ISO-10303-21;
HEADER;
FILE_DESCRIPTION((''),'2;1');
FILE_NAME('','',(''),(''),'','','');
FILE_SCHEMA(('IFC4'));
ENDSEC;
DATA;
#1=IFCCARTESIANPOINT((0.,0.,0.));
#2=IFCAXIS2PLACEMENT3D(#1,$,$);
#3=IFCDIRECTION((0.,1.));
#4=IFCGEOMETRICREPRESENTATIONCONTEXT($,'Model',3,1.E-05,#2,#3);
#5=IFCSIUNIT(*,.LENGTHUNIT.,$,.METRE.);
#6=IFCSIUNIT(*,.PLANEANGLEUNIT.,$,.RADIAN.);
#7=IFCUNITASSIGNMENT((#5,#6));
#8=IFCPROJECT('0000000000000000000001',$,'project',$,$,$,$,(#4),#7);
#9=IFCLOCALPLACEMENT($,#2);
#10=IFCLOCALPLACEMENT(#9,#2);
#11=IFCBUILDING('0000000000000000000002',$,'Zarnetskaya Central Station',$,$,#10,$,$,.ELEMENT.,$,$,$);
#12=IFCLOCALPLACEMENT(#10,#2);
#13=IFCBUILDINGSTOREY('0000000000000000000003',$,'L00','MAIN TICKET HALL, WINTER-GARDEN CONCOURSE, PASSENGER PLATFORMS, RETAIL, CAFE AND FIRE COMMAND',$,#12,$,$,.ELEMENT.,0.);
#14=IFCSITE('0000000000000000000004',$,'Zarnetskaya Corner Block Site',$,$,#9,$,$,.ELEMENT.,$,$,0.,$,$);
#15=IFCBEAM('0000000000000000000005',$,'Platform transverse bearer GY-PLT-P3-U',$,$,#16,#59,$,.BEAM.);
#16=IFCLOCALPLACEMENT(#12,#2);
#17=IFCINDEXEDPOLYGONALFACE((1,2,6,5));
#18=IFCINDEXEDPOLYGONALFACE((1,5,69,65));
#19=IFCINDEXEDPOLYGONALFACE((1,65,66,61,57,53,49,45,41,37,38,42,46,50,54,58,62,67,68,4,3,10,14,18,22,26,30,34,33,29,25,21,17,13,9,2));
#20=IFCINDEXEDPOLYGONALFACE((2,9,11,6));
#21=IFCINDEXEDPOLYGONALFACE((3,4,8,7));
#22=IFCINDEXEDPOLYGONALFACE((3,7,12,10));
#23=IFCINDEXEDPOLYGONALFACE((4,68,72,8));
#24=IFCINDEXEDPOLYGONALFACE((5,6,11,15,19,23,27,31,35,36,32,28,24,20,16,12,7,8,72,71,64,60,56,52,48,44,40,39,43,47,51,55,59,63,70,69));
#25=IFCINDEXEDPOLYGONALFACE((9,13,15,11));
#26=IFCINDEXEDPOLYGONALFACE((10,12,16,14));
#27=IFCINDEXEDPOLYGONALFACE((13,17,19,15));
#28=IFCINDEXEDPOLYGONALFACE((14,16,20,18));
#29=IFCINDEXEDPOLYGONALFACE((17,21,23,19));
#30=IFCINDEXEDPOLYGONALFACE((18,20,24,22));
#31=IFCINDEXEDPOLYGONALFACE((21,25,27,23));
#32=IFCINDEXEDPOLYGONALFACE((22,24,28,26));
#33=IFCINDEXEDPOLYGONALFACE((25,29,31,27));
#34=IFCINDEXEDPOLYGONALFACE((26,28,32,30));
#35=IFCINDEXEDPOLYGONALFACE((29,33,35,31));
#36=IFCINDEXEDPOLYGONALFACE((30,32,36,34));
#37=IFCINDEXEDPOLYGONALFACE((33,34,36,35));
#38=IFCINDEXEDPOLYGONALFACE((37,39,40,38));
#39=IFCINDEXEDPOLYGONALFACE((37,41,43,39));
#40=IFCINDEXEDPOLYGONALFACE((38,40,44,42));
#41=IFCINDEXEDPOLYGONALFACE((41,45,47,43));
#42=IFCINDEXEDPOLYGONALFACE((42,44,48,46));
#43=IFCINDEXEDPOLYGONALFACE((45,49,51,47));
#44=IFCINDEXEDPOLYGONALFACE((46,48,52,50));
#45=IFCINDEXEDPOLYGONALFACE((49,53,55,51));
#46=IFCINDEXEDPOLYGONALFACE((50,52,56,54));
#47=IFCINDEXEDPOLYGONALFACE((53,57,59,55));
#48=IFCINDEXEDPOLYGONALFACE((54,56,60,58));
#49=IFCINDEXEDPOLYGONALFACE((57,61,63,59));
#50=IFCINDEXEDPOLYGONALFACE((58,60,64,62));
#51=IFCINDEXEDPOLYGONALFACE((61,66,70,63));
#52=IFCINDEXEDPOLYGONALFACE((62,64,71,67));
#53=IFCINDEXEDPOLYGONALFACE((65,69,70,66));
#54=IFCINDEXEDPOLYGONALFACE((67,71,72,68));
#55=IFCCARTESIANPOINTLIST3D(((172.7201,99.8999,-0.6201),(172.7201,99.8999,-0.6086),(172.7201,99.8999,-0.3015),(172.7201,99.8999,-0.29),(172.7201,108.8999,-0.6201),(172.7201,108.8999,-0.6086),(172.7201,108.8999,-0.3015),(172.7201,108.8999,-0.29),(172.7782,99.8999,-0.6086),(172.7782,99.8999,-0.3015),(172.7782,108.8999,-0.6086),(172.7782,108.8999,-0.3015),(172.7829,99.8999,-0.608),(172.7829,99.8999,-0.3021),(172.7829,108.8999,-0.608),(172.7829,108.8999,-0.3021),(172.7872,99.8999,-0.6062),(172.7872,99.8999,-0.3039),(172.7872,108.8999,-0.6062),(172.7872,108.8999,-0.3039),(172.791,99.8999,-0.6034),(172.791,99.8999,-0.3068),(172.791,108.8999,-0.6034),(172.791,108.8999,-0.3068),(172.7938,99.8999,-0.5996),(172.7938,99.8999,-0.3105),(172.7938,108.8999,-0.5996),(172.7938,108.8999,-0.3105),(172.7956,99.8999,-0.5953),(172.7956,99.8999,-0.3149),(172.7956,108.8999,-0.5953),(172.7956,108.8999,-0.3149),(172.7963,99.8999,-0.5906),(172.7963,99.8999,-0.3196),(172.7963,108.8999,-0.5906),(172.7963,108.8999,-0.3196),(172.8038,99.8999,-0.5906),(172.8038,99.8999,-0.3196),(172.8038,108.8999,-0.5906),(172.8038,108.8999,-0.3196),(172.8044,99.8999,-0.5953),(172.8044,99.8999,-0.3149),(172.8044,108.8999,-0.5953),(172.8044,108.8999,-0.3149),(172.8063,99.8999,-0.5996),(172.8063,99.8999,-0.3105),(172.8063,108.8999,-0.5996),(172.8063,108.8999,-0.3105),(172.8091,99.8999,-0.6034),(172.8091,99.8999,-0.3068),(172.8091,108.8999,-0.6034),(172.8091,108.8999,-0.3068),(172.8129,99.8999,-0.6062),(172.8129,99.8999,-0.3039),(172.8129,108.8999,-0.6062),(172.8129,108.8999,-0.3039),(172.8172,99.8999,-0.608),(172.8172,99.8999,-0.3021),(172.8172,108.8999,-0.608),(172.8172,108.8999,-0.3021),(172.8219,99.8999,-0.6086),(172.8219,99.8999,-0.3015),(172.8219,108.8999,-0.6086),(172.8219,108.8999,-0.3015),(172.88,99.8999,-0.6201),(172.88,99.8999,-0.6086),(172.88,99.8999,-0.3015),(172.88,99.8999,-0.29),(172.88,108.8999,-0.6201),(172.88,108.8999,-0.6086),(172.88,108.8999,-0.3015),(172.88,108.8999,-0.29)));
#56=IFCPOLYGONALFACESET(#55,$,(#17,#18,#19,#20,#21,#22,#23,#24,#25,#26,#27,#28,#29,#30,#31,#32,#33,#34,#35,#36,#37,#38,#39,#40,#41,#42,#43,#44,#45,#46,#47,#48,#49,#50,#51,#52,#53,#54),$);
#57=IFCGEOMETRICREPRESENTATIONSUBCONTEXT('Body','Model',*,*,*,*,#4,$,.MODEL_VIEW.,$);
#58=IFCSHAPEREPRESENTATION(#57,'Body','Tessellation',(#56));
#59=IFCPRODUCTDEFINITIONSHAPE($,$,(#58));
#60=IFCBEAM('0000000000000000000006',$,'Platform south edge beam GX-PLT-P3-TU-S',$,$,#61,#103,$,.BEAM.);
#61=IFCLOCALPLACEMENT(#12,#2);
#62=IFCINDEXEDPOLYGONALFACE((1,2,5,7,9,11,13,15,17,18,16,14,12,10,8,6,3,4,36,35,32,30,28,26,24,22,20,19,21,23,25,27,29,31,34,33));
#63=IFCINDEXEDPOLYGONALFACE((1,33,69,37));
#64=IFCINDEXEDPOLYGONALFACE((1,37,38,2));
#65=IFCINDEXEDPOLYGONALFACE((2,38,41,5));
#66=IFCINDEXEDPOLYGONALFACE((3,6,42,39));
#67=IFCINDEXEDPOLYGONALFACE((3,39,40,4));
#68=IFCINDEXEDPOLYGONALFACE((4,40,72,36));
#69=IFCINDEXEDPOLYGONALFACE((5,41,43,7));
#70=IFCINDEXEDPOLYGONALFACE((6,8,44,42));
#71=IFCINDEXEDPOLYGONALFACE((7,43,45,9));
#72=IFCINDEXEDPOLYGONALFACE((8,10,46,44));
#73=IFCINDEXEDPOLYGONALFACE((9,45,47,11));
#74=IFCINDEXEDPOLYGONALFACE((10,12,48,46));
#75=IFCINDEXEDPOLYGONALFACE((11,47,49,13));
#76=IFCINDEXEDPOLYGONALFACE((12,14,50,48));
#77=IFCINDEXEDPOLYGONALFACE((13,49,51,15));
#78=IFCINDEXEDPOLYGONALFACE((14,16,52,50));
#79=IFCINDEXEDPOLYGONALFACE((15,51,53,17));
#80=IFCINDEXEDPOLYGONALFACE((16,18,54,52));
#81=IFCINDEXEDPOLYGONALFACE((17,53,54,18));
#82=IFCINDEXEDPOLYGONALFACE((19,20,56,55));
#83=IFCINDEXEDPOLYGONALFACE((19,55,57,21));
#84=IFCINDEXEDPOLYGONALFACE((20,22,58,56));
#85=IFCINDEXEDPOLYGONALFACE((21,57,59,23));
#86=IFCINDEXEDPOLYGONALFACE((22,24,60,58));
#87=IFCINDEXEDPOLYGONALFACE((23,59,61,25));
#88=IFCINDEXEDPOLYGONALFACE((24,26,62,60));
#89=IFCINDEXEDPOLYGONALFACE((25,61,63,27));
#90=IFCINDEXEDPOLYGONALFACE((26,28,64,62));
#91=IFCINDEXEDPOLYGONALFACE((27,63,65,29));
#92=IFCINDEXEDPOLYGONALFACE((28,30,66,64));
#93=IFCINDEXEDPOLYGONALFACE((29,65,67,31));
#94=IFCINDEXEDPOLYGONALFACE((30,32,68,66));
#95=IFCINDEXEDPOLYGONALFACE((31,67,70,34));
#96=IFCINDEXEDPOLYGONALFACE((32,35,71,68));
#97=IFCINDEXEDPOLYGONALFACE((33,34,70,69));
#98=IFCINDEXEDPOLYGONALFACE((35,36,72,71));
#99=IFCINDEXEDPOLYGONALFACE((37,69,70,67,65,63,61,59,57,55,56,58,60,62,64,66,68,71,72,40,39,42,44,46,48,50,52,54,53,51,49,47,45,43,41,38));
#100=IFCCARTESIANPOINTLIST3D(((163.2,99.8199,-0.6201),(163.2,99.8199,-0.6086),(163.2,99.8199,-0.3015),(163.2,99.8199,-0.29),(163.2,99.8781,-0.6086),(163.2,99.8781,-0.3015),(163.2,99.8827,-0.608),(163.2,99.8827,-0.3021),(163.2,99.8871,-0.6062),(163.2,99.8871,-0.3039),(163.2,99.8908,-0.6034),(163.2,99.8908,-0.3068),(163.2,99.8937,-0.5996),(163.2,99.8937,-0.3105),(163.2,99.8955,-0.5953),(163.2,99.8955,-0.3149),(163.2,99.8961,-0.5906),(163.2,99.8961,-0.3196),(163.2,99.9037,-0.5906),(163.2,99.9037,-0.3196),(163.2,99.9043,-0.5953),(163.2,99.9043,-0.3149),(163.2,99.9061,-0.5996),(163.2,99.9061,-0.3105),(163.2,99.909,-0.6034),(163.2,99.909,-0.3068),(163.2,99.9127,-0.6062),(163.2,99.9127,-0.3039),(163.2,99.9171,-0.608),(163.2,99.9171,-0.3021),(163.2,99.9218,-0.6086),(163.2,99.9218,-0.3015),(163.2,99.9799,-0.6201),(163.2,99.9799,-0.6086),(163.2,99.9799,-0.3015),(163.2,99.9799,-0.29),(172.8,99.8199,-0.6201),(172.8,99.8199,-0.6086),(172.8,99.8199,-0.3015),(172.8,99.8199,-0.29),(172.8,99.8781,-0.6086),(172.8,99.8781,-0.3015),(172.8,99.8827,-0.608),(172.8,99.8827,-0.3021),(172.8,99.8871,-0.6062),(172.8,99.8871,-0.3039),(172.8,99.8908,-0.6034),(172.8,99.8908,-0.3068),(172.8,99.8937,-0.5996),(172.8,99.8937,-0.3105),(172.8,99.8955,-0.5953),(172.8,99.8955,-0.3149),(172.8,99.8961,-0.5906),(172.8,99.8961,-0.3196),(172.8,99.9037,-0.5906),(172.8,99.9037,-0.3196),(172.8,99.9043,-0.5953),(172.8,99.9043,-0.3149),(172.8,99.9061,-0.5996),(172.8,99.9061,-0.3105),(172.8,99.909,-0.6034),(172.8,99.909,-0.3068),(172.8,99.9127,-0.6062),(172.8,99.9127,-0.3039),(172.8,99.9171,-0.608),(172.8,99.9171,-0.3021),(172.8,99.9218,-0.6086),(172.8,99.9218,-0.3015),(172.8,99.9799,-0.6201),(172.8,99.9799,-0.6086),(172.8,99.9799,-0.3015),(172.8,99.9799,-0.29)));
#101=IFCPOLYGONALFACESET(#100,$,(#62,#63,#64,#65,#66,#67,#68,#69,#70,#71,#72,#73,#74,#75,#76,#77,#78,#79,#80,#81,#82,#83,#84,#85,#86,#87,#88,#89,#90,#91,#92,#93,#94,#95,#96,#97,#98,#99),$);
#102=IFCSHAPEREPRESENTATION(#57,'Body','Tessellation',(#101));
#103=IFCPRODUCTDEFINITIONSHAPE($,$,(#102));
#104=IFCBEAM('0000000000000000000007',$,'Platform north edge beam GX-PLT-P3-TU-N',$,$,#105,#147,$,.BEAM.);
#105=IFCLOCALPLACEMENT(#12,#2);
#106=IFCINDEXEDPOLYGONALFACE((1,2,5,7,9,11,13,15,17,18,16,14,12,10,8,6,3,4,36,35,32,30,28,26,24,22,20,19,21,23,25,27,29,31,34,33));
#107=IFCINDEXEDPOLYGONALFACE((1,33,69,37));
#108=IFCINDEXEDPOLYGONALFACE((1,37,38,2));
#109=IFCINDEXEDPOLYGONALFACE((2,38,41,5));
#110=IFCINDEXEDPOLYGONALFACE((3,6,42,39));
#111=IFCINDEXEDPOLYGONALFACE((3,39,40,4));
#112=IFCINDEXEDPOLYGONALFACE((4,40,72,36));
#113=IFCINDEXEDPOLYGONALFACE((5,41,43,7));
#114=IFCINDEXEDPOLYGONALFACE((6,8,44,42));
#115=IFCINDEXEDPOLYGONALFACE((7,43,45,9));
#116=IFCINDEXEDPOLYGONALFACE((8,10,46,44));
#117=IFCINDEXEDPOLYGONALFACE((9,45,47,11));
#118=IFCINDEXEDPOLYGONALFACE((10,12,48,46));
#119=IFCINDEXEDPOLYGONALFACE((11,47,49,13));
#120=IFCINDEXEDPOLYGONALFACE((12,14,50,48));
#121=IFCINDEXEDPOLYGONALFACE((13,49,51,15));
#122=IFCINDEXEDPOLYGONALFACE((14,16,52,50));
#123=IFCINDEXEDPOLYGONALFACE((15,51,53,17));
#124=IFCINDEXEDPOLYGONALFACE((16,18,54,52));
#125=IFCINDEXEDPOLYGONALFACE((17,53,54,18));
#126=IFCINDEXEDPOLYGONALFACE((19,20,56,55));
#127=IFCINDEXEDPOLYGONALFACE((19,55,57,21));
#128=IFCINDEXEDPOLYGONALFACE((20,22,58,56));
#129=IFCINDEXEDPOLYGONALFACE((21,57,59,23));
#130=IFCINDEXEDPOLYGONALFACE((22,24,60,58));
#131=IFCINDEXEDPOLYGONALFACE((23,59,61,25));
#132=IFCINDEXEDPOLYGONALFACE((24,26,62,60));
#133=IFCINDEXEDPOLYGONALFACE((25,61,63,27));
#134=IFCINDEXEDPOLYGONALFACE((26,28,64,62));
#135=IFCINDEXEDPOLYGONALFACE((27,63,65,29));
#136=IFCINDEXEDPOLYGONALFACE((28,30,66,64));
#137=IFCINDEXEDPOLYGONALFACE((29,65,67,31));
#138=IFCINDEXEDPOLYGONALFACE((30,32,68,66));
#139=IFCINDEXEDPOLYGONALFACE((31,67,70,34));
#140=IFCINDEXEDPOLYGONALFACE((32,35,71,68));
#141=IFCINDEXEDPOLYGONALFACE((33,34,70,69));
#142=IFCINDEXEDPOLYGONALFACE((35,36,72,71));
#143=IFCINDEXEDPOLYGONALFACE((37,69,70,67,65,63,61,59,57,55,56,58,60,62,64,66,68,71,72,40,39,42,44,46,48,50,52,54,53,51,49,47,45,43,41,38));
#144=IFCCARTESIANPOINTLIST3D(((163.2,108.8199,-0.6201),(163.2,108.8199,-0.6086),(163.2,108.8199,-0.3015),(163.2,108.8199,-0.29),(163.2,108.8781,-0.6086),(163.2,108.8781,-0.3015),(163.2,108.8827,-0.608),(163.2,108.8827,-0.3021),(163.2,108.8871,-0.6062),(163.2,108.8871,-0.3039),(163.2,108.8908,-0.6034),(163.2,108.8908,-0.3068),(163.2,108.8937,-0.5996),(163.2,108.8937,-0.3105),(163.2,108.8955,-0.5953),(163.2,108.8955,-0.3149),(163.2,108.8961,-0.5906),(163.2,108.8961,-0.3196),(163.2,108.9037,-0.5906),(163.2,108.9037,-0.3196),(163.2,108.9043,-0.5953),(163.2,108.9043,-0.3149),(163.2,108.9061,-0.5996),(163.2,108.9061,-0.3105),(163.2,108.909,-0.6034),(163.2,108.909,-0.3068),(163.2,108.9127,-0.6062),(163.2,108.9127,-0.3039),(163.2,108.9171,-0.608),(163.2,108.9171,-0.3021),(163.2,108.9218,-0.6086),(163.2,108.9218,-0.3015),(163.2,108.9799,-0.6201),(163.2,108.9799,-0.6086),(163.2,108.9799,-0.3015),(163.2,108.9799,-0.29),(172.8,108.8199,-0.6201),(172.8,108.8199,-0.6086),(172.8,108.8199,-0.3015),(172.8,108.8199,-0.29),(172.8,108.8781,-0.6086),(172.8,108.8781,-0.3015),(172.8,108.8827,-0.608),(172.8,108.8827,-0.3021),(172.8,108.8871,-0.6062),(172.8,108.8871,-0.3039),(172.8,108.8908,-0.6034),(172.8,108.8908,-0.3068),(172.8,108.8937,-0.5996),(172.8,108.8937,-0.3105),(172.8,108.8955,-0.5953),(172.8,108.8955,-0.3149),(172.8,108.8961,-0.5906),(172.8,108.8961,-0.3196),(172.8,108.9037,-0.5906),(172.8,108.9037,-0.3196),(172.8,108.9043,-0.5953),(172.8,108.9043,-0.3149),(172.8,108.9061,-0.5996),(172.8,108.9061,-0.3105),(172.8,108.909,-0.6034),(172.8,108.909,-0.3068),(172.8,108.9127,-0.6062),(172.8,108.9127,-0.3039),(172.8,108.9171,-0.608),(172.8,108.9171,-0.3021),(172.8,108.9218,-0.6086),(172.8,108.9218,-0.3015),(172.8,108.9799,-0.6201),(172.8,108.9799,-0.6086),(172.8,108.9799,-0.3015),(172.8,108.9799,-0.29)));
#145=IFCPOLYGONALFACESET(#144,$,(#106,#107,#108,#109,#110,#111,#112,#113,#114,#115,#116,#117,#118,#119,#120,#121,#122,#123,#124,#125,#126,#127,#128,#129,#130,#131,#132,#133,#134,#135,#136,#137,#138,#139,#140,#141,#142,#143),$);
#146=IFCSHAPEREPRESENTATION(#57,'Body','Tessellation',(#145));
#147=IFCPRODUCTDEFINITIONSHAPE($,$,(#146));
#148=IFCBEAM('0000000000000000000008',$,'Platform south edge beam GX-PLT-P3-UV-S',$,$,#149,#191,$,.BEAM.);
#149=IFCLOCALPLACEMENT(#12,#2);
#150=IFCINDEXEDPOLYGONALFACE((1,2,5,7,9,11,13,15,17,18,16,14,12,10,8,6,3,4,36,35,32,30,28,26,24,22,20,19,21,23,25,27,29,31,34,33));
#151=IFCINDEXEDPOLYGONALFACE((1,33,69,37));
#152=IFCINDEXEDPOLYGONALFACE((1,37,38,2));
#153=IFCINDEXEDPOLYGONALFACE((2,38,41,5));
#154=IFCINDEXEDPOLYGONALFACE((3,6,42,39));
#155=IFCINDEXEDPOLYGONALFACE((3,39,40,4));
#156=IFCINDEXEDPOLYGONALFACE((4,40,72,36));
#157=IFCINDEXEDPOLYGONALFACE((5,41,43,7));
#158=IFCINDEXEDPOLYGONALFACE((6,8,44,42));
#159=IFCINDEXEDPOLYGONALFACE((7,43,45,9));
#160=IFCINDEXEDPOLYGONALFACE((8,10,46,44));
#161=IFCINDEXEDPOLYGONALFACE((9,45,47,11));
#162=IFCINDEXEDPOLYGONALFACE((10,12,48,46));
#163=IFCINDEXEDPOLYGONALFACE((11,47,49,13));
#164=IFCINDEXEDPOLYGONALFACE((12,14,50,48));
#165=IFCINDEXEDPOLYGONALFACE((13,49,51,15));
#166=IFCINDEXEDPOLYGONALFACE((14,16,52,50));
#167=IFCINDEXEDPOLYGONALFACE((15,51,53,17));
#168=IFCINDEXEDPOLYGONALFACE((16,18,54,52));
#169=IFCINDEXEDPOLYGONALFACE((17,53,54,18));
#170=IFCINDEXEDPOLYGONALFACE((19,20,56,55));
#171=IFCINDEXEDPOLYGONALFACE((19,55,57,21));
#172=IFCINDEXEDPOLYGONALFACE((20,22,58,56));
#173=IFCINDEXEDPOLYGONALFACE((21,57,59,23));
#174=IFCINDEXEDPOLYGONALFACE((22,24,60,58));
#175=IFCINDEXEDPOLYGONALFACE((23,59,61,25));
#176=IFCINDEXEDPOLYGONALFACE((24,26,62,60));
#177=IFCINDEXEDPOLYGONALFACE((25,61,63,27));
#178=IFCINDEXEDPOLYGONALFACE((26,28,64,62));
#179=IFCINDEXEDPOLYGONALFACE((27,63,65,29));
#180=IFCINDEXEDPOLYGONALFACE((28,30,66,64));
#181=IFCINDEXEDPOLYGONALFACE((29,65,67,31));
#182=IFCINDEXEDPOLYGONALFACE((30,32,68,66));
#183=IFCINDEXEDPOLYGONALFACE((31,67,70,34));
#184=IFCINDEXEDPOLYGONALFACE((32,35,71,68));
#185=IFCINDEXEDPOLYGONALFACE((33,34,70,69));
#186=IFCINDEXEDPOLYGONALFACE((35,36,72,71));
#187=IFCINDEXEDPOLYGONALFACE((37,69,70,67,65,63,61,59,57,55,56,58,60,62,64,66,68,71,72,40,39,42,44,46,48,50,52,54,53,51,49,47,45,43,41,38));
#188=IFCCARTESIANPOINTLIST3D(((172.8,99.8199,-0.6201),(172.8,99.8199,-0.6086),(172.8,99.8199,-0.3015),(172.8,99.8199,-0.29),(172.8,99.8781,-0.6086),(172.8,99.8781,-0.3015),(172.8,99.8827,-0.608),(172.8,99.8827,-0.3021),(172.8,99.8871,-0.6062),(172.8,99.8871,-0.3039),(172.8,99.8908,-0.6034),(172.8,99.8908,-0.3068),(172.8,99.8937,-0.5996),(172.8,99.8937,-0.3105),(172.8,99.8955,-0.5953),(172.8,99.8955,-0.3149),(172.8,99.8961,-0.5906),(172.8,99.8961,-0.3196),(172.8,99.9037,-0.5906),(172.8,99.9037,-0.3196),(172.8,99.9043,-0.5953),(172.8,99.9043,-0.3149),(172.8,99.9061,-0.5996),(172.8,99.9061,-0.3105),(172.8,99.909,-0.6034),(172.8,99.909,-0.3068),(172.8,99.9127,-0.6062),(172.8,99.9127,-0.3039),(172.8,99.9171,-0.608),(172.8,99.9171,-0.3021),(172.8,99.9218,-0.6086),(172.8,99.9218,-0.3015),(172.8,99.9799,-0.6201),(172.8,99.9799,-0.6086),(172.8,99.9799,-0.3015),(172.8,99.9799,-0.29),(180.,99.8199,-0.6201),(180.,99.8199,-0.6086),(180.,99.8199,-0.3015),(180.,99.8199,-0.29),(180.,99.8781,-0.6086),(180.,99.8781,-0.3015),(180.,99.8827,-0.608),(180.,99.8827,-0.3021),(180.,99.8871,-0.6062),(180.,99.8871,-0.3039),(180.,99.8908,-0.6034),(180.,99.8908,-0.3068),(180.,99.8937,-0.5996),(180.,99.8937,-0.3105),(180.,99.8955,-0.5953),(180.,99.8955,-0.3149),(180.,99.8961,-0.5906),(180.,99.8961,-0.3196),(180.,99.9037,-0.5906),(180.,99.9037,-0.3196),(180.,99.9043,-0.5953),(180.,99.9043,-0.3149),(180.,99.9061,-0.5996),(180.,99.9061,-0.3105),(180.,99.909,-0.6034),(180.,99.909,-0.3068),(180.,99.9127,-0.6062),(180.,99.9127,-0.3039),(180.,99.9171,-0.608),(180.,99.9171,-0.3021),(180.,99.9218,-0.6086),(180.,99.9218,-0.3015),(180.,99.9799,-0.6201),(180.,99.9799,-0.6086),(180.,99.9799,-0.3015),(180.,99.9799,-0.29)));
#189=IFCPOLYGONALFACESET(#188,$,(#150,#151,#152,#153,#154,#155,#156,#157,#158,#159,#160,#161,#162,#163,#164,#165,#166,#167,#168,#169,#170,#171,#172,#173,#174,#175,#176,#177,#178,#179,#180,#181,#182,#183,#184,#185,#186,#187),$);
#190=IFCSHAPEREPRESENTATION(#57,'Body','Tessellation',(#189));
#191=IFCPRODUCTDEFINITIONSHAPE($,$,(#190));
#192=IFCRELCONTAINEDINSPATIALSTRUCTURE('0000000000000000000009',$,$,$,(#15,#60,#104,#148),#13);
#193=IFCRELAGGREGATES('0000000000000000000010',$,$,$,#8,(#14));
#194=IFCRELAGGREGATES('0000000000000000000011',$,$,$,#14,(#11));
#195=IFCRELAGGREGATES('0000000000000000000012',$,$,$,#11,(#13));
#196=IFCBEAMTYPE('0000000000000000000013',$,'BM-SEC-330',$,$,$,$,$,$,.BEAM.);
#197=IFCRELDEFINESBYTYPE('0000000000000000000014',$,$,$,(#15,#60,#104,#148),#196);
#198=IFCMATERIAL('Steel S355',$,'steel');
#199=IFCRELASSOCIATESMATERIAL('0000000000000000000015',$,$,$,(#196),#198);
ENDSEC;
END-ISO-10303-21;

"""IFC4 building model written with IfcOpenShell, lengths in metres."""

from ifc_helpers import new_model, si_unit, direction, frame, origin, origin_2d, place, context, subcontext, project, spatial, i_section, extrude, material, material_profile, profile_set, type_object, element, save


model = new_model("IFC4")

# Units and contexts
model_context = context("Model", 3, precision=1e-05, world=origin(), true_north=direction((0.0, 1.0)))
body_context = subcontext(model_context, "Body", "Model", "MODEL_VIEW")
ifc_project = project(units=[si_unit("LENGTHUNIT", "METRE"), si_unit("PLANEANGLEUNIT", "RADIAN")], contexts=[model_context])

# Site, building, storey
site_placement = place(None, origin())
site = spatial("IfcSite", under=ifc_project, at=site_placement, Name="Zarnetskaya Corner Block Site", CompositionType="ELEMENT", RefElevation=0.0)
building_placement = place(site_placement, origin())
building = spatial("IfcBuilding", under=site, at=building_placement, Name="Zarnetskaya Central Station", CompositionType="ELEMENT")
storey_placement = place(building_placement, origin())
storey = spatial("IfcBuildingStorey", under=building, at=storey_placement, Name="L00", Description="MAIN TICKET HALL, WINTER-GARDEN CONCOURSE, PASSENGER PLATFORMS, RETAIL, CAFE AND FIRE COMMAND", CompositionType="ELEMENT", Elevation=0.0)

# Shared definitions
ifc_material = material(Name="Steel S355", Category="steel")

# Beams
ifc_material_profile_1 = material_profile(ifc_material, i_section(OverallWidth=0.1599, OverallDepth=0.3301, WebThickness=0.0076, FlangeThickness=0.0115, FilletRadius=0.0181, at=origin_2d()), Name="IPE 330")
ifc_profile_set_1 = profile_set([ifc_material_profile_1], Name="Steel S355")
beam_type_1 = type_object("IfcBeamType", Name="BM-SEC-330", PredefinedType="BEAM", material=ifc_profile_set_1)
for number, where, z_axis, x_axis, name in (
    (1, (172.8, 99.8999, -0.4551), (0.0, 1.0, 0.0), (-1.0, 0.0, 0.0), "Platform transverse bearer GY-PLT-P3-U"),
):
    element("IfcBeam", number, at=place(storey_placement, frame(where, z_axis=z_axis, x_axis=x_axis)), inside=storey, type_object=beam_type_1, Name=name, PredefinedType="BEAM", context=body_context, shape_type="SweptSolid", body=[
        extrude(i_section(OverallWidth=0.1599, OverallDepth=0.3301, WebThickness=0.0076, FlangeThickness=0.0115, FilletRadius=0.0181, at=origin_2d()), origin(), (0.0, 0.0, 1.0), 9.0),
    ])
for number, where, z_axis, x_axis, name in (
    (2, (163.2, 99.8999, -0.4551), (1.0, 0.0, 0.0), (0.0, 1.0, 0.0), "Platform south edge beam GX-PLT-P3-TU-S"),
    (3, (163.2, 108.8999, -0.4551), (1.0, 0.0, 0.0), (0.0, 1.0, 0.0), "Platform north edge beam GX-PLT-P3-TU-N"),
):
    element("IfcBeam", number, at=place(storey_placement, frame(where, z_axis=z_axis, x_axis=x_axis)), inside=storey, type_object=beam_type_1, Name=name, PredefinedType="BEAM", context=body_context, shape_type="SweptSolid", body=[
        extrude(i_section(OverallWidth=0.1599, OverallDepth=0.3301, WebThickness=0.0076, FlangeThickness=0.0115, FilletRadius=0.0181, at=origin_2d()), origin(), (0.0, 0.0, 1.0), 9.6001),
    ])
for number, where, z_axis, x_axis, name in (
    (4, (172.8, 99.8999, -0.4551), (1.0, 0.0, 0.0), (0.0, 1.0, 0.0), "Platform south edge beam GX-PLT-P3-UV-S"),
):
    element("IfcBeam", number, at=place(storey_placement, frame(where, z_axis=z_axis, x_axis=x_axis)), inside=storey, type_object=beam_type_1, Name=name, PredefinedType="BEAM", context=body_context, shape_type="SweptSolid", body=[
        extrude(i_section(OverallWidth=0.1599, OverallDepth=0.3301, WebThickness=0.0076, FlangeThickness=0.0115, FilletRadius=0.0181, at=origin_2d()), origin(), (0.0, 0.0, 1.0), 7.2),
    ])

save(model, "model.ifc")
